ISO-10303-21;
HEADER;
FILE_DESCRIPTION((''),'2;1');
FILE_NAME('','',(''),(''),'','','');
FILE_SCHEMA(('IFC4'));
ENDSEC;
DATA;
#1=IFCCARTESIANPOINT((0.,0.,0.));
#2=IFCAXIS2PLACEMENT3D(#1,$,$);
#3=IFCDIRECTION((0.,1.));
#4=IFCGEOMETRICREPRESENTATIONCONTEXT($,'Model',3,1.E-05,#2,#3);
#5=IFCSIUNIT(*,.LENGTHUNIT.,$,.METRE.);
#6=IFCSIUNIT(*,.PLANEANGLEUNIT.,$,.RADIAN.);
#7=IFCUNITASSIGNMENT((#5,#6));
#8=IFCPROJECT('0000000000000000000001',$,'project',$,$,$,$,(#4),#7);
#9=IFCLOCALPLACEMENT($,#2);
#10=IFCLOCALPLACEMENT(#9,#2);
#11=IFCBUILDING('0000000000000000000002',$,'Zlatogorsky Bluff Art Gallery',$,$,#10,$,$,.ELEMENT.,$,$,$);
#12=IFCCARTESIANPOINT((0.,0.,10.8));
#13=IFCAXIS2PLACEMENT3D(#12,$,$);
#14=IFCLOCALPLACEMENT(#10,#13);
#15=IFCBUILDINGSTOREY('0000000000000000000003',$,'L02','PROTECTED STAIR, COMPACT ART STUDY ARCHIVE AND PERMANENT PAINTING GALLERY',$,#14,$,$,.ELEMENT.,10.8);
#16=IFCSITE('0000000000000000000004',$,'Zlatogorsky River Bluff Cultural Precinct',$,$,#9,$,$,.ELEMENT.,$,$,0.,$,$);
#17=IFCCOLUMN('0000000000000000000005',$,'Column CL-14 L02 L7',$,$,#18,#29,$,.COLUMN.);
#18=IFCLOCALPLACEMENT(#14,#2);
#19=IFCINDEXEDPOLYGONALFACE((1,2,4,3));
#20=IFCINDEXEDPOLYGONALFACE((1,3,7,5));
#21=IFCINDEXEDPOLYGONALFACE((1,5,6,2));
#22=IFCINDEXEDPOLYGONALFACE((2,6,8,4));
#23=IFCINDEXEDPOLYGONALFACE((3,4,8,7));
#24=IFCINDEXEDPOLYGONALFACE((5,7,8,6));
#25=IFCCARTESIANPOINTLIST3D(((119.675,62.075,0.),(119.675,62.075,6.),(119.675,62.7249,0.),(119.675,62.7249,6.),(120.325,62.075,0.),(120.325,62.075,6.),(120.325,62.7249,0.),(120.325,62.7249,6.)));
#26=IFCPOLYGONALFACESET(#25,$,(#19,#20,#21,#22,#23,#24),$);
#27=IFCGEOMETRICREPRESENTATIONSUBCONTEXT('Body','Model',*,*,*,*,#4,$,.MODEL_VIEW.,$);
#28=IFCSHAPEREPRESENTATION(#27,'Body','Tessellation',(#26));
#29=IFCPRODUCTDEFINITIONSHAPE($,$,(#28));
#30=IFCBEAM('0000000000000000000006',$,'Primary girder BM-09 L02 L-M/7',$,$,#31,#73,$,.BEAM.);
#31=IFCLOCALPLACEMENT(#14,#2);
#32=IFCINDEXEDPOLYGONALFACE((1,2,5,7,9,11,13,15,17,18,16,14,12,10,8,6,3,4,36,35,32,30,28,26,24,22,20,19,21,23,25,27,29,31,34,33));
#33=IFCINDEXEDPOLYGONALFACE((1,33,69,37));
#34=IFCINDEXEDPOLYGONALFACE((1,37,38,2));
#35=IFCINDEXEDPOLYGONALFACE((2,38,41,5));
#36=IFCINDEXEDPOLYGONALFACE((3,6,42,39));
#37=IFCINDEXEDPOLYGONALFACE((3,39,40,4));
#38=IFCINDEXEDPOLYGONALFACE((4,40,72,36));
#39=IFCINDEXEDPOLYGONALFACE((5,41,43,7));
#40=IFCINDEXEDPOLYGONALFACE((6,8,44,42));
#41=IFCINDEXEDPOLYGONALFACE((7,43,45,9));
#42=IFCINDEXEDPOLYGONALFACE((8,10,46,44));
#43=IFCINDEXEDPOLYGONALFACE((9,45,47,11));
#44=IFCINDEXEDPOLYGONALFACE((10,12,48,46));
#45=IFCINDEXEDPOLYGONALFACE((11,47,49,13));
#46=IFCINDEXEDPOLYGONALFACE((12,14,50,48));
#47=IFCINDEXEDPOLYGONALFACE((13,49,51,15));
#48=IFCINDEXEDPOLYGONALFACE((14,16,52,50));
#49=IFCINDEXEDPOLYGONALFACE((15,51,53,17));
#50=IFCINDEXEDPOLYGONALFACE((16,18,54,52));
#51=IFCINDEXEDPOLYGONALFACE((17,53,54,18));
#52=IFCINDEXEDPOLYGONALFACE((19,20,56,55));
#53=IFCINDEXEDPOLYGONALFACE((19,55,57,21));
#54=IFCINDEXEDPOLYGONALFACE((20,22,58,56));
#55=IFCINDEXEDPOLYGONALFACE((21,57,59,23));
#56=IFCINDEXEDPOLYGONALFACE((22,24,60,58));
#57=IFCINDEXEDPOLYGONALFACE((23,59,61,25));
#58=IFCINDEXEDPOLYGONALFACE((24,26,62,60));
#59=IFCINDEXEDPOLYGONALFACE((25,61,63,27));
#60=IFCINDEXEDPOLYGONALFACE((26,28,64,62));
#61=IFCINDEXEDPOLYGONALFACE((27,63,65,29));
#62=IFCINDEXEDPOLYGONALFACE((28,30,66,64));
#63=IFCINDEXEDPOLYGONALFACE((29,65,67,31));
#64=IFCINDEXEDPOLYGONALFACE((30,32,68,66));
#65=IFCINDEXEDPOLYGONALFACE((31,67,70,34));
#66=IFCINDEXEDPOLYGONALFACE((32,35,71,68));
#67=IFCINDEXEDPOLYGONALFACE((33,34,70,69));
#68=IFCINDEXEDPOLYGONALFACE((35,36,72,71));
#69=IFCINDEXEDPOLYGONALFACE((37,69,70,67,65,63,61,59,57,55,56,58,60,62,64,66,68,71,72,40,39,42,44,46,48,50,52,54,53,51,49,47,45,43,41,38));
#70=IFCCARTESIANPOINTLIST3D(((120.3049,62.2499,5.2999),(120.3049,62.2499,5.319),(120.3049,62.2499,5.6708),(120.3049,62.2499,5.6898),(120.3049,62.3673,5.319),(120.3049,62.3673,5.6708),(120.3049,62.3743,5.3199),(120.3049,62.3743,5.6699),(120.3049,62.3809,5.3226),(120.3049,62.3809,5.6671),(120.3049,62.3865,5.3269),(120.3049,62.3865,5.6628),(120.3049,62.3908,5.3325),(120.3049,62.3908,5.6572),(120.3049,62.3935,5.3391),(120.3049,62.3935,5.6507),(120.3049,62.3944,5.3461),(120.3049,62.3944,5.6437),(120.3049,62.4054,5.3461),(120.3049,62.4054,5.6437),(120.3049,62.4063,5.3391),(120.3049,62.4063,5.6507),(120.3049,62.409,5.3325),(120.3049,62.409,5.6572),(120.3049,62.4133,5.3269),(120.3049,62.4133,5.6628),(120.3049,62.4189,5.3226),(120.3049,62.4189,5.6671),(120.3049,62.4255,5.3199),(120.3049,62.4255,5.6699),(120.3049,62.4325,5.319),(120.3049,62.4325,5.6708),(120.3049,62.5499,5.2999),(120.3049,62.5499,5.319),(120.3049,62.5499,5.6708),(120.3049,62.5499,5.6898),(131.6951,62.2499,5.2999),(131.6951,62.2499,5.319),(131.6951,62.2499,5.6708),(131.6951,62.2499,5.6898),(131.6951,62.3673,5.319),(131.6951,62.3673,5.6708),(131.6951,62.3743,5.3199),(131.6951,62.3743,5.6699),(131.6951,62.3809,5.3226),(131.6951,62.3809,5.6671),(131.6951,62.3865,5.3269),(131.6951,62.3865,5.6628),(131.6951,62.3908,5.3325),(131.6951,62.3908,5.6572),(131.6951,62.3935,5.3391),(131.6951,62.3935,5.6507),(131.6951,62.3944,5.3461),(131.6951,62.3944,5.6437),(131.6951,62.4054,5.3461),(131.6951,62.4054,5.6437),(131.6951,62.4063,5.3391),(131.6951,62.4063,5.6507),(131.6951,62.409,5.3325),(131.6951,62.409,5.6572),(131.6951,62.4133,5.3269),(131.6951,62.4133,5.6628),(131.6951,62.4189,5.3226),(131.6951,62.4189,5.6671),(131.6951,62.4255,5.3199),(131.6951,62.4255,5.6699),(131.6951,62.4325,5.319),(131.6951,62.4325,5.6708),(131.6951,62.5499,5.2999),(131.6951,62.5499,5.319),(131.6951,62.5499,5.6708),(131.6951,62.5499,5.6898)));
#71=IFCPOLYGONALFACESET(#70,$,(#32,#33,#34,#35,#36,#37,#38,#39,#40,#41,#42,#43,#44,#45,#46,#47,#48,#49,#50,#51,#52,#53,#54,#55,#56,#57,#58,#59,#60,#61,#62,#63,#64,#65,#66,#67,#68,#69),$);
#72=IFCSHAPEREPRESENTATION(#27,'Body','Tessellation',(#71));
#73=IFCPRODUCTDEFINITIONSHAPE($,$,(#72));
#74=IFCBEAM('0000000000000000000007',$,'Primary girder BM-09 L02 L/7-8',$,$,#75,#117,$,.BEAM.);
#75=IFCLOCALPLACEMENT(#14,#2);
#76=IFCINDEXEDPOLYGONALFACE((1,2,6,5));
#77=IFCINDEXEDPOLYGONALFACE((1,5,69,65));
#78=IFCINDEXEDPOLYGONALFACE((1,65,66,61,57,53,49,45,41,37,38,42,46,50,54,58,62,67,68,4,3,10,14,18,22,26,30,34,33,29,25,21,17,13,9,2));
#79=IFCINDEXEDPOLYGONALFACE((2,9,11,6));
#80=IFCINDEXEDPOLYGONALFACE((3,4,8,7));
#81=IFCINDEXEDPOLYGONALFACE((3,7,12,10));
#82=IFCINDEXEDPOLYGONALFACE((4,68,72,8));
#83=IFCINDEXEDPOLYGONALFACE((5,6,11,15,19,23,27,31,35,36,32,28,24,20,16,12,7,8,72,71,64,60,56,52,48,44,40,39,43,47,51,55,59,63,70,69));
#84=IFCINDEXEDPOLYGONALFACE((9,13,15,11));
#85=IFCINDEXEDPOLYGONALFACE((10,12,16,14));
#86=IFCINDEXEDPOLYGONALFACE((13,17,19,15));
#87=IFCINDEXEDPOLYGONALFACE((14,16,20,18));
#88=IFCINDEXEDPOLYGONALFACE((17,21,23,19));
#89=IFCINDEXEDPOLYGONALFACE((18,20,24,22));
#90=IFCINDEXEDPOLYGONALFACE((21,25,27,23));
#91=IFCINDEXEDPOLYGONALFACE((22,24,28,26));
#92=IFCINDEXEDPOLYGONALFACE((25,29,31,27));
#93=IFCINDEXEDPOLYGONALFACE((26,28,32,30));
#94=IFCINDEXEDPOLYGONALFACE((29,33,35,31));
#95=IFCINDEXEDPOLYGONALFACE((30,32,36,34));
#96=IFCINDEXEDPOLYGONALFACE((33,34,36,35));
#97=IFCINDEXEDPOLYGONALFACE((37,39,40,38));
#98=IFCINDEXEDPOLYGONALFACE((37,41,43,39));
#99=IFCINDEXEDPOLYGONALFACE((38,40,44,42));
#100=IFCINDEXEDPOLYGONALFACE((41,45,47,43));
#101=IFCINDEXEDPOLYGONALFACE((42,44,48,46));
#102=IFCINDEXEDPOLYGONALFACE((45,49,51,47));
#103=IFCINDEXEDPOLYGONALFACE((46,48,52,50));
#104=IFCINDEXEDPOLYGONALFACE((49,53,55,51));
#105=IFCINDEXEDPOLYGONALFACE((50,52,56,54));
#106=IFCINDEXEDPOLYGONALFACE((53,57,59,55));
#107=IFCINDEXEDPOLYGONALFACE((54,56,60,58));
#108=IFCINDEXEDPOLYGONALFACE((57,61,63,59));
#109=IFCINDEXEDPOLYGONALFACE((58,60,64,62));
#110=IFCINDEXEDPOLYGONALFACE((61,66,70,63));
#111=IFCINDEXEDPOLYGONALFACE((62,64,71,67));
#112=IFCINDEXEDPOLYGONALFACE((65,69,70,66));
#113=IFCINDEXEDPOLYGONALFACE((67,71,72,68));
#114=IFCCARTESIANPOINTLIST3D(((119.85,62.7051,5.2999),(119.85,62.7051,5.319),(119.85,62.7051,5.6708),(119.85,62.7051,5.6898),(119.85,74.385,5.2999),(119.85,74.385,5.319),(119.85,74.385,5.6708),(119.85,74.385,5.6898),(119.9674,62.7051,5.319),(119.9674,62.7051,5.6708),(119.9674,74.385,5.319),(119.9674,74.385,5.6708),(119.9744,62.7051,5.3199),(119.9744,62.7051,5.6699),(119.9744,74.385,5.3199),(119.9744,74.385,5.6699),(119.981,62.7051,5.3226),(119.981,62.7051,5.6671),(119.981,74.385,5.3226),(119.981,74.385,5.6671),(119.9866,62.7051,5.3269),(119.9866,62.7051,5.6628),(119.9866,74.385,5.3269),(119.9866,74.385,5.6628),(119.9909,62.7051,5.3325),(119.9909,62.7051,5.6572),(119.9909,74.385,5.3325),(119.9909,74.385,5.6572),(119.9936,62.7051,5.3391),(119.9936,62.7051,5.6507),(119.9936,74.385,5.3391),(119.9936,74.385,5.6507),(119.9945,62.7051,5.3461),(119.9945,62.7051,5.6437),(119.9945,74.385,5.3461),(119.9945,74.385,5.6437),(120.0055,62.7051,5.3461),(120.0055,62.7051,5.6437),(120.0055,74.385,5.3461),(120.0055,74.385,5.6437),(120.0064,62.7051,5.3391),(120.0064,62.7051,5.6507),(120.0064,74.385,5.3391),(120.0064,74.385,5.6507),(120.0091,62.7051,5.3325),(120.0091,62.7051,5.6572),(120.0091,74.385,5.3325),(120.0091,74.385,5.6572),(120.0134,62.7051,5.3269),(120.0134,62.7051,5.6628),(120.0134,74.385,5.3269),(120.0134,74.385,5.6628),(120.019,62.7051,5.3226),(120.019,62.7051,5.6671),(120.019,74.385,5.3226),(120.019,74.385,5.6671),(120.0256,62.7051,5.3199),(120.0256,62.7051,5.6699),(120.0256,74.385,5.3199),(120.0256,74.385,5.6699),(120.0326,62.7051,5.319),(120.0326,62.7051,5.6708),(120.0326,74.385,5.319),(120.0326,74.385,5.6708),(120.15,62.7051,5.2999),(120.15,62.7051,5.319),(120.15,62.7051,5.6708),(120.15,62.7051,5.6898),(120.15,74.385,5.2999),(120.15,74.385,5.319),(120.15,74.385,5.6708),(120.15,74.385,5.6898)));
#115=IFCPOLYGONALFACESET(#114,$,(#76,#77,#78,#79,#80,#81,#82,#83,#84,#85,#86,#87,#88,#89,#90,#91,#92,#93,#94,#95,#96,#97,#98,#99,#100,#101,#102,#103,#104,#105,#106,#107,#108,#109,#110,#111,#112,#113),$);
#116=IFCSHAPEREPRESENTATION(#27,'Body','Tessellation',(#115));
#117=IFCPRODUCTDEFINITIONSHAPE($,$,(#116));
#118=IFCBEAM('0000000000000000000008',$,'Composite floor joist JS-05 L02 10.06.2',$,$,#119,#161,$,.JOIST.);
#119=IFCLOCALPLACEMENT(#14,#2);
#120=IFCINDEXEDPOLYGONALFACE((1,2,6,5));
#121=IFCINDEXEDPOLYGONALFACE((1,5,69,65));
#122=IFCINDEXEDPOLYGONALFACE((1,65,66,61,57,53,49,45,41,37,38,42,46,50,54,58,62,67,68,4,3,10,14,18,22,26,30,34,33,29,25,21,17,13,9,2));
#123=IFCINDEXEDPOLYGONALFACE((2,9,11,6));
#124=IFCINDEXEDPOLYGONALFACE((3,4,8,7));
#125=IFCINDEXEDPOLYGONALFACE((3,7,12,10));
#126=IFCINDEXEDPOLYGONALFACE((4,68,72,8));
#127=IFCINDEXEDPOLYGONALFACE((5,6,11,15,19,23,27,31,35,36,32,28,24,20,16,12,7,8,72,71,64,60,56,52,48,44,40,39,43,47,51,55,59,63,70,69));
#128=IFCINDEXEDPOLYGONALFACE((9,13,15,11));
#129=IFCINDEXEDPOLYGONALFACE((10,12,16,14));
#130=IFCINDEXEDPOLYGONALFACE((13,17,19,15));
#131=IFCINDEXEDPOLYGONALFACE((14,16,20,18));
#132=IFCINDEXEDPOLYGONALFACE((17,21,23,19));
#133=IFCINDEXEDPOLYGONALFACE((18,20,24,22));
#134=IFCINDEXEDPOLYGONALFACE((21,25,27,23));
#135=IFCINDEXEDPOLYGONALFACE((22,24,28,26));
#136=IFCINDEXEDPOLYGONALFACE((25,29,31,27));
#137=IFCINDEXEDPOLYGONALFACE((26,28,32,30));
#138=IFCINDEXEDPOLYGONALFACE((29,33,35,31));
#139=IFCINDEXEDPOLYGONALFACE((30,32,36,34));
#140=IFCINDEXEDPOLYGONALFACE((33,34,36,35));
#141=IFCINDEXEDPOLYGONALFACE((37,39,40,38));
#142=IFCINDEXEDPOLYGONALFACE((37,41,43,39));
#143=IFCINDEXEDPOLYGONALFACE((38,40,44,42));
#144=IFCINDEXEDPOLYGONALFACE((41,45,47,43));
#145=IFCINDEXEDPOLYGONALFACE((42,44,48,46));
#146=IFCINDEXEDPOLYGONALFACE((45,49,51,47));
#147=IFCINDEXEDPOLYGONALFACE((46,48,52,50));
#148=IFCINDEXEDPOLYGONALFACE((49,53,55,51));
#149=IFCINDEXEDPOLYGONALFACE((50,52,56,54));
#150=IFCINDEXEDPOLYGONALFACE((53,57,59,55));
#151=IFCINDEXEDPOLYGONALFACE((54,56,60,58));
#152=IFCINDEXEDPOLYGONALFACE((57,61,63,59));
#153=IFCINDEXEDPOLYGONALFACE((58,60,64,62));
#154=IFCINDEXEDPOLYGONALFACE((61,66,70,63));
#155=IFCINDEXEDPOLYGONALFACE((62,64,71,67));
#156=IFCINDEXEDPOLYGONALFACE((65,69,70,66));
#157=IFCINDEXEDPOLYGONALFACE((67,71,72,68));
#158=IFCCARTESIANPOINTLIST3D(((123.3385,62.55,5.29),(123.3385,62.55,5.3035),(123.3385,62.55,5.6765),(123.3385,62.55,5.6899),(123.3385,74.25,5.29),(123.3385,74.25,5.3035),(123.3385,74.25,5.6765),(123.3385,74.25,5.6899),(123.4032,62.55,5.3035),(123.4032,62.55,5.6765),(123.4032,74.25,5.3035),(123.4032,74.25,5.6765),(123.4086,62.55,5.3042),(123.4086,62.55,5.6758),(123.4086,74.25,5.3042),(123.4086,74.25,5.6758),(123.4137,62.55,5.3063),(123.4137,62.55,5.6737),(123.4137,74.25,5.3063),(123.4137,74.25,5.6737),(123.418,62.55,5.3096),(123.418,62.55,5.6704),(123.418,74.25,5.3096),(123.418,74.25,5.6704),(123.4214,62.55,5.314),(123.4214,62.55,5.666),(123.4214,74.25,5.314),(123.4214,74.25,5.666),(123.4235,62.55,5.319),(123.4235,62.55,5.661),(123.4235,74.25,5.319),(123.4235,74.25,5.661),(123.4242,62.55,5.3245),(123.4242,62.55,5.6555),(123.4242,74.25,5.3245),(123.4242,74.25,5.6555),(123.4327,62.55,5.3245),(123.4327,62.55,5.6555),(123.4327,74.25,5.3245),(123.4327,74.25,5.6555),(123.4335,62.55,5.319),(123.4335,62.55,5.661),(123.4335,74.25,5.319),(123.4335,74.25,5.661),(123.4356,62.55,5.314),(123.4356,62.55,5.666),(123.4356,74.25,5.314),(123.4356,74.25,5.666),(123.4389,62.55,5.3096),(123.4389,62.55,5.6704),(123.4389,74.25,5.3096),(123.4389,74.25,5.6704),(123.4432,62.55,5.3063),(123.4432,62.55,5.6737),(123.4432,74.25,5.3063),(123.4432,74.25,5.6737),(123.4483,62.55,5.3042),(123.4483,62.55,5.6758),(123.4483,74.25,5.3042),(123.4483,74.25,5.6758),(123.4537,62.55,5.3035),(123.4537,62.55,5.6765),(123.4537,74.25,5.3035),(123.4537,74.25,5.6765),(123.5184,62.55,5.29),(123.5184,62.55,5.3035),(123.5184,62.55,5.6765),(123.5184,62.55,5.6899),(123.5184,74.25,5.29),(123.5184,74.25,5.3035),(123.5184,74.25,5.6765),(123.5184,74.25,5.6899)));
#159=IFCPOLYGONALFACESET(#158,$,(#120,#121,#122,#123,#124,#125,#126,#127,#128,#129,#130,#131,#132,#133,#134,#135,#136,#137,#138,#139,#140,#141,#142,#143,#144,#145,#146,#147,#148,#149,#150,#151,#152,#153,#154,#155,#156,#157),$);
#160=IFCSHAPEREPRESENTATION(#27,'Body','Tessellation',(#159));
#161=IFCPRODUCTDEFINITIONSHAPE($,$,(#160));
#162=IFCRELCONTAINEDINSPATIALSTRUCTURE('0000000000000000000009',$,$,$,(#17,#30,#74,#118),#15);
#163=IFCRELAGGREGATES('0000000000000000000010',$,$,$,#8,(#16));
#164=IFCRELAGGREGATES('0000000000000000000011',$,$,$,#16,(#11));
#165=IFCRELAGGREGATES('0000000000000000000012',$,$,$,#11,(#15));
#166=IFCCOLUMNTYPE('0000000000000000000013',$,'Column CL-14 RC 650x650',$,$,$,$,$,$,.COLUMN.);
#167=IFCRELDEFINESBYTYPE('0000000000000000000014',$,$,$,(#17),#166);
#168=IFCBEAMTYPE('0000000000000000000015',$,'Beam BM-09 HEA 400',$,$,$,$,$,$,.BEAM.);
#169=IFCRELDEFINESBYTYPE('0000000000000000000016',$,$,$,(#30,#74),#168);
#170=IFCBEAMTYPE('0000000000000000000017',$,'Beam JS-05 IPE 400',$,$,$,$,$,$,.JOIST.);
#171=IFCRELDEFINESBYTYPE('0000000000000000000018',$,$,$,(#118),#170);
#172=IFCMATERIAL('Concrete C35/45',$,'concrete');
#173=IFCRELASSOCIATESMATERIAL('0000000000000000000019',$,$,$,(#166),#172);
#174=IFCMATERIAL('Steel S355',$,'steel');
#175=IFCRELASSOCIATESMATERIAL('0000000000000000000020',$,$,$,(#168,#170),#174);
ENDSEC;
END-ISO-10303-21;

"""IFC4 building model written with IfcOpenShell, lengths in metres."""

from ifc_helpers import new_model, si_unit, direction, frame, origin, origin_2d, place, context, subcontext, project, spatial, rectangle, i_section, extrude, material, material_profile, profile_set, type_object, element, save


model = new_model("IFC4")

# Units and contexts
model_context = context("Model", 3, precision=1e-05, world=origin(), true_north=direction((0.0, 1.0)))
body_context = subcontext(model_context, "Body", "Model", "MODEL_VIEW")
ifc_project = project(units=[si_unit("LENGTHUNIT", "METRE"), si_unit("PLANEANGLEUNIT", "RADIAN")], contexts=[model_context])

# Site, building, storey
site_placement = place(None, origin())
site = spatial("IfcSite", under=ifc_project, at=site_placement, Name="Zlatogorsky River Bluff Cultural Precinct", CompositionType="ELEMENT", RefElevation=0.0)
building_placement = place(site_placement, origin())
building = spatial("IfcBuilding", under=site, at=building_placement, Name="Zlatogorsky Bluff Art Gallery", CompositionType="ELEMENT")
storey_placement = place(building_placement, frame((0.0, 0.0, 10.8)))
storey = spatial("IfcBuildingStorey", under=building, at=storey_placement, Name="L02", Description="PROTECTED STAIR, COMPACT ART STUDY ARCHIVE AND PERMANENT PAINTING GALLERY", CompositionType="ELEMENT", Elevation=10.8)

# Column
ifc_material_1 = material(Name="Concrete C35/45", Category="concrete")
ifc_material_profile_1 = material_profile(ifc_material_1, rectangle(XDim=0.6499, YDim=0.6499, at=origin_2d()), Name="RC 650x650")
ifc_profile_set_1 = profile_set([ifc_material_profile_1], Name="Concrete C35/45")
column_type = type_object("IfcColumnType", Name="Column CL-14 RC 650x650", PredefinedType="COLUMN", material=ifc_profile_set_1)
column_placement = place(storey_placement, frame((120.0, 62.3999, 0.0), z_axis=(0.0, 0.0, 1.0), x_axis=(1.0, 0.0, 0.0)))
element("IfcColumn", 1, at=column_placement, inside=storey, type_object=column_type, Name="Column CL-14 L02 L7", PredefinedType="COLUMN", context=body_context, shape_type="SweptSolid", body=[
    extrude(rectangle(XDim=0.6499, YDim=0.6499, at=origin_2d()), origin(), (0.0, 0.0, 1.0), 6.0),
])

# Beams
ifc_material_2 = material(Name="Steel S355", Category="steel")
ifc_material_profile_2 = material_profile(ifc_material_2, i_section(OverallWidth=0.3, OverallDepth=0.3899, WebThickness=0.011, FlangeThickness=0.019, FilletRadius=0.0271, at=origin_2d()), Name="HEA 400")
ifc_profile_set_2 = profile_set([ifc_material_profile_2], Name="Steel S355")
beam_type_1 = type_object("IfcBeamType", Name="Beam BM-09 HEA 400", PredefinedType="BEAM", material=ifc_profile_set_2)
beam_1_placement = place(storey_placement, frame((120.3049, 62.3999, 5.4949), z_axis=(1.0, 0.0, 0.0), x_axis=(0.0, 1.0, 0.0)))
element("IfcBeam", 2, at=beam_1_placement, inside=storey, type_object=beam_type_1, Name="Primary girder BM-09 L02 L-M/7", PredefinedType="BEAM", context=body_context, shape_type="SweptSolid", body=[
    extrude(i_section(OverallWidth=0.3, OverallDepth=0.3899, WebThickness=0.011, FlangeThickness=0.019, FilletRadius=0.0271, at=origin_2d()), origin(), (0.0, 0.0, 1.0), 11.3901),
])
beam_2_placement = place(storey_placement, frame((120.0, 62.7051, 5.4949), z_axis=(0.0, 1.0, 0.0), x_axis=(-1.0, 0.0, 0.0)))
element("IfcBeam", 3, at=beam_2_placement, inside=storey, type_object=beam_type_1, Name="Primary girder BM-09 L02 L/7-8", PredefinedType="BEAM", context=body_context, shape_type="SweptSolid", body=[
    extrude(i_section(OverallWidth=0.3, OverallDepth=0.3899, WebThickness=0.011, FlangeThickness=0.019, FilletRadius=0.0271, at=origin_2d()), origin(), (0.0, 0.0, 1.0), 11.6799),
])
ifc_material_profile_3 = material_profile(ifc_material_2, i_section(OverallWidth=0.1799, OverallDepth=0.3999, WebThickness=0.0085, FlangeThickness=0.0134, FilletRadius=0.021, at=origin_2d()), Name="IPE 400")
ifc_profile_set_3 = profile_set([ifc_material_profile_3], Name="Steel S355")
beam_type_2 = type_object("IfcBeamType", Name="Beam JS-05 IPE 400", PredefinedType="JOIST", material=ifc_profile_set_3)
for number, where, z_axis, x_axis, name in (
    (4, (123.4285, 62.55, 5.49), (0.0, 1.0, 0.0), (-1.0, 0.0, 0.0), "Composite floor joist JS-05 L02 10.06.2"),
):
    element("IfcBeam", number, at=place(storey_placement, frame(where, z_axis=z_axis, x_axis=x_axis)), inside=storey, type_object=beam_type_2, Name=name, PredefinedType="JOIST", context=body_context, shape_type="SweptSolid", body=[
        extrude(i_section(OverallWidth=0.1799, OverallDepth=0.3999, WebThickness=0.0085, FlangeThickness=0.0134, FilletRadius=0.021, at=origin_2d()), origin(), (0.0, 0.0, 1.0), 11.7),
    ])

save(model, "model.ifc")
